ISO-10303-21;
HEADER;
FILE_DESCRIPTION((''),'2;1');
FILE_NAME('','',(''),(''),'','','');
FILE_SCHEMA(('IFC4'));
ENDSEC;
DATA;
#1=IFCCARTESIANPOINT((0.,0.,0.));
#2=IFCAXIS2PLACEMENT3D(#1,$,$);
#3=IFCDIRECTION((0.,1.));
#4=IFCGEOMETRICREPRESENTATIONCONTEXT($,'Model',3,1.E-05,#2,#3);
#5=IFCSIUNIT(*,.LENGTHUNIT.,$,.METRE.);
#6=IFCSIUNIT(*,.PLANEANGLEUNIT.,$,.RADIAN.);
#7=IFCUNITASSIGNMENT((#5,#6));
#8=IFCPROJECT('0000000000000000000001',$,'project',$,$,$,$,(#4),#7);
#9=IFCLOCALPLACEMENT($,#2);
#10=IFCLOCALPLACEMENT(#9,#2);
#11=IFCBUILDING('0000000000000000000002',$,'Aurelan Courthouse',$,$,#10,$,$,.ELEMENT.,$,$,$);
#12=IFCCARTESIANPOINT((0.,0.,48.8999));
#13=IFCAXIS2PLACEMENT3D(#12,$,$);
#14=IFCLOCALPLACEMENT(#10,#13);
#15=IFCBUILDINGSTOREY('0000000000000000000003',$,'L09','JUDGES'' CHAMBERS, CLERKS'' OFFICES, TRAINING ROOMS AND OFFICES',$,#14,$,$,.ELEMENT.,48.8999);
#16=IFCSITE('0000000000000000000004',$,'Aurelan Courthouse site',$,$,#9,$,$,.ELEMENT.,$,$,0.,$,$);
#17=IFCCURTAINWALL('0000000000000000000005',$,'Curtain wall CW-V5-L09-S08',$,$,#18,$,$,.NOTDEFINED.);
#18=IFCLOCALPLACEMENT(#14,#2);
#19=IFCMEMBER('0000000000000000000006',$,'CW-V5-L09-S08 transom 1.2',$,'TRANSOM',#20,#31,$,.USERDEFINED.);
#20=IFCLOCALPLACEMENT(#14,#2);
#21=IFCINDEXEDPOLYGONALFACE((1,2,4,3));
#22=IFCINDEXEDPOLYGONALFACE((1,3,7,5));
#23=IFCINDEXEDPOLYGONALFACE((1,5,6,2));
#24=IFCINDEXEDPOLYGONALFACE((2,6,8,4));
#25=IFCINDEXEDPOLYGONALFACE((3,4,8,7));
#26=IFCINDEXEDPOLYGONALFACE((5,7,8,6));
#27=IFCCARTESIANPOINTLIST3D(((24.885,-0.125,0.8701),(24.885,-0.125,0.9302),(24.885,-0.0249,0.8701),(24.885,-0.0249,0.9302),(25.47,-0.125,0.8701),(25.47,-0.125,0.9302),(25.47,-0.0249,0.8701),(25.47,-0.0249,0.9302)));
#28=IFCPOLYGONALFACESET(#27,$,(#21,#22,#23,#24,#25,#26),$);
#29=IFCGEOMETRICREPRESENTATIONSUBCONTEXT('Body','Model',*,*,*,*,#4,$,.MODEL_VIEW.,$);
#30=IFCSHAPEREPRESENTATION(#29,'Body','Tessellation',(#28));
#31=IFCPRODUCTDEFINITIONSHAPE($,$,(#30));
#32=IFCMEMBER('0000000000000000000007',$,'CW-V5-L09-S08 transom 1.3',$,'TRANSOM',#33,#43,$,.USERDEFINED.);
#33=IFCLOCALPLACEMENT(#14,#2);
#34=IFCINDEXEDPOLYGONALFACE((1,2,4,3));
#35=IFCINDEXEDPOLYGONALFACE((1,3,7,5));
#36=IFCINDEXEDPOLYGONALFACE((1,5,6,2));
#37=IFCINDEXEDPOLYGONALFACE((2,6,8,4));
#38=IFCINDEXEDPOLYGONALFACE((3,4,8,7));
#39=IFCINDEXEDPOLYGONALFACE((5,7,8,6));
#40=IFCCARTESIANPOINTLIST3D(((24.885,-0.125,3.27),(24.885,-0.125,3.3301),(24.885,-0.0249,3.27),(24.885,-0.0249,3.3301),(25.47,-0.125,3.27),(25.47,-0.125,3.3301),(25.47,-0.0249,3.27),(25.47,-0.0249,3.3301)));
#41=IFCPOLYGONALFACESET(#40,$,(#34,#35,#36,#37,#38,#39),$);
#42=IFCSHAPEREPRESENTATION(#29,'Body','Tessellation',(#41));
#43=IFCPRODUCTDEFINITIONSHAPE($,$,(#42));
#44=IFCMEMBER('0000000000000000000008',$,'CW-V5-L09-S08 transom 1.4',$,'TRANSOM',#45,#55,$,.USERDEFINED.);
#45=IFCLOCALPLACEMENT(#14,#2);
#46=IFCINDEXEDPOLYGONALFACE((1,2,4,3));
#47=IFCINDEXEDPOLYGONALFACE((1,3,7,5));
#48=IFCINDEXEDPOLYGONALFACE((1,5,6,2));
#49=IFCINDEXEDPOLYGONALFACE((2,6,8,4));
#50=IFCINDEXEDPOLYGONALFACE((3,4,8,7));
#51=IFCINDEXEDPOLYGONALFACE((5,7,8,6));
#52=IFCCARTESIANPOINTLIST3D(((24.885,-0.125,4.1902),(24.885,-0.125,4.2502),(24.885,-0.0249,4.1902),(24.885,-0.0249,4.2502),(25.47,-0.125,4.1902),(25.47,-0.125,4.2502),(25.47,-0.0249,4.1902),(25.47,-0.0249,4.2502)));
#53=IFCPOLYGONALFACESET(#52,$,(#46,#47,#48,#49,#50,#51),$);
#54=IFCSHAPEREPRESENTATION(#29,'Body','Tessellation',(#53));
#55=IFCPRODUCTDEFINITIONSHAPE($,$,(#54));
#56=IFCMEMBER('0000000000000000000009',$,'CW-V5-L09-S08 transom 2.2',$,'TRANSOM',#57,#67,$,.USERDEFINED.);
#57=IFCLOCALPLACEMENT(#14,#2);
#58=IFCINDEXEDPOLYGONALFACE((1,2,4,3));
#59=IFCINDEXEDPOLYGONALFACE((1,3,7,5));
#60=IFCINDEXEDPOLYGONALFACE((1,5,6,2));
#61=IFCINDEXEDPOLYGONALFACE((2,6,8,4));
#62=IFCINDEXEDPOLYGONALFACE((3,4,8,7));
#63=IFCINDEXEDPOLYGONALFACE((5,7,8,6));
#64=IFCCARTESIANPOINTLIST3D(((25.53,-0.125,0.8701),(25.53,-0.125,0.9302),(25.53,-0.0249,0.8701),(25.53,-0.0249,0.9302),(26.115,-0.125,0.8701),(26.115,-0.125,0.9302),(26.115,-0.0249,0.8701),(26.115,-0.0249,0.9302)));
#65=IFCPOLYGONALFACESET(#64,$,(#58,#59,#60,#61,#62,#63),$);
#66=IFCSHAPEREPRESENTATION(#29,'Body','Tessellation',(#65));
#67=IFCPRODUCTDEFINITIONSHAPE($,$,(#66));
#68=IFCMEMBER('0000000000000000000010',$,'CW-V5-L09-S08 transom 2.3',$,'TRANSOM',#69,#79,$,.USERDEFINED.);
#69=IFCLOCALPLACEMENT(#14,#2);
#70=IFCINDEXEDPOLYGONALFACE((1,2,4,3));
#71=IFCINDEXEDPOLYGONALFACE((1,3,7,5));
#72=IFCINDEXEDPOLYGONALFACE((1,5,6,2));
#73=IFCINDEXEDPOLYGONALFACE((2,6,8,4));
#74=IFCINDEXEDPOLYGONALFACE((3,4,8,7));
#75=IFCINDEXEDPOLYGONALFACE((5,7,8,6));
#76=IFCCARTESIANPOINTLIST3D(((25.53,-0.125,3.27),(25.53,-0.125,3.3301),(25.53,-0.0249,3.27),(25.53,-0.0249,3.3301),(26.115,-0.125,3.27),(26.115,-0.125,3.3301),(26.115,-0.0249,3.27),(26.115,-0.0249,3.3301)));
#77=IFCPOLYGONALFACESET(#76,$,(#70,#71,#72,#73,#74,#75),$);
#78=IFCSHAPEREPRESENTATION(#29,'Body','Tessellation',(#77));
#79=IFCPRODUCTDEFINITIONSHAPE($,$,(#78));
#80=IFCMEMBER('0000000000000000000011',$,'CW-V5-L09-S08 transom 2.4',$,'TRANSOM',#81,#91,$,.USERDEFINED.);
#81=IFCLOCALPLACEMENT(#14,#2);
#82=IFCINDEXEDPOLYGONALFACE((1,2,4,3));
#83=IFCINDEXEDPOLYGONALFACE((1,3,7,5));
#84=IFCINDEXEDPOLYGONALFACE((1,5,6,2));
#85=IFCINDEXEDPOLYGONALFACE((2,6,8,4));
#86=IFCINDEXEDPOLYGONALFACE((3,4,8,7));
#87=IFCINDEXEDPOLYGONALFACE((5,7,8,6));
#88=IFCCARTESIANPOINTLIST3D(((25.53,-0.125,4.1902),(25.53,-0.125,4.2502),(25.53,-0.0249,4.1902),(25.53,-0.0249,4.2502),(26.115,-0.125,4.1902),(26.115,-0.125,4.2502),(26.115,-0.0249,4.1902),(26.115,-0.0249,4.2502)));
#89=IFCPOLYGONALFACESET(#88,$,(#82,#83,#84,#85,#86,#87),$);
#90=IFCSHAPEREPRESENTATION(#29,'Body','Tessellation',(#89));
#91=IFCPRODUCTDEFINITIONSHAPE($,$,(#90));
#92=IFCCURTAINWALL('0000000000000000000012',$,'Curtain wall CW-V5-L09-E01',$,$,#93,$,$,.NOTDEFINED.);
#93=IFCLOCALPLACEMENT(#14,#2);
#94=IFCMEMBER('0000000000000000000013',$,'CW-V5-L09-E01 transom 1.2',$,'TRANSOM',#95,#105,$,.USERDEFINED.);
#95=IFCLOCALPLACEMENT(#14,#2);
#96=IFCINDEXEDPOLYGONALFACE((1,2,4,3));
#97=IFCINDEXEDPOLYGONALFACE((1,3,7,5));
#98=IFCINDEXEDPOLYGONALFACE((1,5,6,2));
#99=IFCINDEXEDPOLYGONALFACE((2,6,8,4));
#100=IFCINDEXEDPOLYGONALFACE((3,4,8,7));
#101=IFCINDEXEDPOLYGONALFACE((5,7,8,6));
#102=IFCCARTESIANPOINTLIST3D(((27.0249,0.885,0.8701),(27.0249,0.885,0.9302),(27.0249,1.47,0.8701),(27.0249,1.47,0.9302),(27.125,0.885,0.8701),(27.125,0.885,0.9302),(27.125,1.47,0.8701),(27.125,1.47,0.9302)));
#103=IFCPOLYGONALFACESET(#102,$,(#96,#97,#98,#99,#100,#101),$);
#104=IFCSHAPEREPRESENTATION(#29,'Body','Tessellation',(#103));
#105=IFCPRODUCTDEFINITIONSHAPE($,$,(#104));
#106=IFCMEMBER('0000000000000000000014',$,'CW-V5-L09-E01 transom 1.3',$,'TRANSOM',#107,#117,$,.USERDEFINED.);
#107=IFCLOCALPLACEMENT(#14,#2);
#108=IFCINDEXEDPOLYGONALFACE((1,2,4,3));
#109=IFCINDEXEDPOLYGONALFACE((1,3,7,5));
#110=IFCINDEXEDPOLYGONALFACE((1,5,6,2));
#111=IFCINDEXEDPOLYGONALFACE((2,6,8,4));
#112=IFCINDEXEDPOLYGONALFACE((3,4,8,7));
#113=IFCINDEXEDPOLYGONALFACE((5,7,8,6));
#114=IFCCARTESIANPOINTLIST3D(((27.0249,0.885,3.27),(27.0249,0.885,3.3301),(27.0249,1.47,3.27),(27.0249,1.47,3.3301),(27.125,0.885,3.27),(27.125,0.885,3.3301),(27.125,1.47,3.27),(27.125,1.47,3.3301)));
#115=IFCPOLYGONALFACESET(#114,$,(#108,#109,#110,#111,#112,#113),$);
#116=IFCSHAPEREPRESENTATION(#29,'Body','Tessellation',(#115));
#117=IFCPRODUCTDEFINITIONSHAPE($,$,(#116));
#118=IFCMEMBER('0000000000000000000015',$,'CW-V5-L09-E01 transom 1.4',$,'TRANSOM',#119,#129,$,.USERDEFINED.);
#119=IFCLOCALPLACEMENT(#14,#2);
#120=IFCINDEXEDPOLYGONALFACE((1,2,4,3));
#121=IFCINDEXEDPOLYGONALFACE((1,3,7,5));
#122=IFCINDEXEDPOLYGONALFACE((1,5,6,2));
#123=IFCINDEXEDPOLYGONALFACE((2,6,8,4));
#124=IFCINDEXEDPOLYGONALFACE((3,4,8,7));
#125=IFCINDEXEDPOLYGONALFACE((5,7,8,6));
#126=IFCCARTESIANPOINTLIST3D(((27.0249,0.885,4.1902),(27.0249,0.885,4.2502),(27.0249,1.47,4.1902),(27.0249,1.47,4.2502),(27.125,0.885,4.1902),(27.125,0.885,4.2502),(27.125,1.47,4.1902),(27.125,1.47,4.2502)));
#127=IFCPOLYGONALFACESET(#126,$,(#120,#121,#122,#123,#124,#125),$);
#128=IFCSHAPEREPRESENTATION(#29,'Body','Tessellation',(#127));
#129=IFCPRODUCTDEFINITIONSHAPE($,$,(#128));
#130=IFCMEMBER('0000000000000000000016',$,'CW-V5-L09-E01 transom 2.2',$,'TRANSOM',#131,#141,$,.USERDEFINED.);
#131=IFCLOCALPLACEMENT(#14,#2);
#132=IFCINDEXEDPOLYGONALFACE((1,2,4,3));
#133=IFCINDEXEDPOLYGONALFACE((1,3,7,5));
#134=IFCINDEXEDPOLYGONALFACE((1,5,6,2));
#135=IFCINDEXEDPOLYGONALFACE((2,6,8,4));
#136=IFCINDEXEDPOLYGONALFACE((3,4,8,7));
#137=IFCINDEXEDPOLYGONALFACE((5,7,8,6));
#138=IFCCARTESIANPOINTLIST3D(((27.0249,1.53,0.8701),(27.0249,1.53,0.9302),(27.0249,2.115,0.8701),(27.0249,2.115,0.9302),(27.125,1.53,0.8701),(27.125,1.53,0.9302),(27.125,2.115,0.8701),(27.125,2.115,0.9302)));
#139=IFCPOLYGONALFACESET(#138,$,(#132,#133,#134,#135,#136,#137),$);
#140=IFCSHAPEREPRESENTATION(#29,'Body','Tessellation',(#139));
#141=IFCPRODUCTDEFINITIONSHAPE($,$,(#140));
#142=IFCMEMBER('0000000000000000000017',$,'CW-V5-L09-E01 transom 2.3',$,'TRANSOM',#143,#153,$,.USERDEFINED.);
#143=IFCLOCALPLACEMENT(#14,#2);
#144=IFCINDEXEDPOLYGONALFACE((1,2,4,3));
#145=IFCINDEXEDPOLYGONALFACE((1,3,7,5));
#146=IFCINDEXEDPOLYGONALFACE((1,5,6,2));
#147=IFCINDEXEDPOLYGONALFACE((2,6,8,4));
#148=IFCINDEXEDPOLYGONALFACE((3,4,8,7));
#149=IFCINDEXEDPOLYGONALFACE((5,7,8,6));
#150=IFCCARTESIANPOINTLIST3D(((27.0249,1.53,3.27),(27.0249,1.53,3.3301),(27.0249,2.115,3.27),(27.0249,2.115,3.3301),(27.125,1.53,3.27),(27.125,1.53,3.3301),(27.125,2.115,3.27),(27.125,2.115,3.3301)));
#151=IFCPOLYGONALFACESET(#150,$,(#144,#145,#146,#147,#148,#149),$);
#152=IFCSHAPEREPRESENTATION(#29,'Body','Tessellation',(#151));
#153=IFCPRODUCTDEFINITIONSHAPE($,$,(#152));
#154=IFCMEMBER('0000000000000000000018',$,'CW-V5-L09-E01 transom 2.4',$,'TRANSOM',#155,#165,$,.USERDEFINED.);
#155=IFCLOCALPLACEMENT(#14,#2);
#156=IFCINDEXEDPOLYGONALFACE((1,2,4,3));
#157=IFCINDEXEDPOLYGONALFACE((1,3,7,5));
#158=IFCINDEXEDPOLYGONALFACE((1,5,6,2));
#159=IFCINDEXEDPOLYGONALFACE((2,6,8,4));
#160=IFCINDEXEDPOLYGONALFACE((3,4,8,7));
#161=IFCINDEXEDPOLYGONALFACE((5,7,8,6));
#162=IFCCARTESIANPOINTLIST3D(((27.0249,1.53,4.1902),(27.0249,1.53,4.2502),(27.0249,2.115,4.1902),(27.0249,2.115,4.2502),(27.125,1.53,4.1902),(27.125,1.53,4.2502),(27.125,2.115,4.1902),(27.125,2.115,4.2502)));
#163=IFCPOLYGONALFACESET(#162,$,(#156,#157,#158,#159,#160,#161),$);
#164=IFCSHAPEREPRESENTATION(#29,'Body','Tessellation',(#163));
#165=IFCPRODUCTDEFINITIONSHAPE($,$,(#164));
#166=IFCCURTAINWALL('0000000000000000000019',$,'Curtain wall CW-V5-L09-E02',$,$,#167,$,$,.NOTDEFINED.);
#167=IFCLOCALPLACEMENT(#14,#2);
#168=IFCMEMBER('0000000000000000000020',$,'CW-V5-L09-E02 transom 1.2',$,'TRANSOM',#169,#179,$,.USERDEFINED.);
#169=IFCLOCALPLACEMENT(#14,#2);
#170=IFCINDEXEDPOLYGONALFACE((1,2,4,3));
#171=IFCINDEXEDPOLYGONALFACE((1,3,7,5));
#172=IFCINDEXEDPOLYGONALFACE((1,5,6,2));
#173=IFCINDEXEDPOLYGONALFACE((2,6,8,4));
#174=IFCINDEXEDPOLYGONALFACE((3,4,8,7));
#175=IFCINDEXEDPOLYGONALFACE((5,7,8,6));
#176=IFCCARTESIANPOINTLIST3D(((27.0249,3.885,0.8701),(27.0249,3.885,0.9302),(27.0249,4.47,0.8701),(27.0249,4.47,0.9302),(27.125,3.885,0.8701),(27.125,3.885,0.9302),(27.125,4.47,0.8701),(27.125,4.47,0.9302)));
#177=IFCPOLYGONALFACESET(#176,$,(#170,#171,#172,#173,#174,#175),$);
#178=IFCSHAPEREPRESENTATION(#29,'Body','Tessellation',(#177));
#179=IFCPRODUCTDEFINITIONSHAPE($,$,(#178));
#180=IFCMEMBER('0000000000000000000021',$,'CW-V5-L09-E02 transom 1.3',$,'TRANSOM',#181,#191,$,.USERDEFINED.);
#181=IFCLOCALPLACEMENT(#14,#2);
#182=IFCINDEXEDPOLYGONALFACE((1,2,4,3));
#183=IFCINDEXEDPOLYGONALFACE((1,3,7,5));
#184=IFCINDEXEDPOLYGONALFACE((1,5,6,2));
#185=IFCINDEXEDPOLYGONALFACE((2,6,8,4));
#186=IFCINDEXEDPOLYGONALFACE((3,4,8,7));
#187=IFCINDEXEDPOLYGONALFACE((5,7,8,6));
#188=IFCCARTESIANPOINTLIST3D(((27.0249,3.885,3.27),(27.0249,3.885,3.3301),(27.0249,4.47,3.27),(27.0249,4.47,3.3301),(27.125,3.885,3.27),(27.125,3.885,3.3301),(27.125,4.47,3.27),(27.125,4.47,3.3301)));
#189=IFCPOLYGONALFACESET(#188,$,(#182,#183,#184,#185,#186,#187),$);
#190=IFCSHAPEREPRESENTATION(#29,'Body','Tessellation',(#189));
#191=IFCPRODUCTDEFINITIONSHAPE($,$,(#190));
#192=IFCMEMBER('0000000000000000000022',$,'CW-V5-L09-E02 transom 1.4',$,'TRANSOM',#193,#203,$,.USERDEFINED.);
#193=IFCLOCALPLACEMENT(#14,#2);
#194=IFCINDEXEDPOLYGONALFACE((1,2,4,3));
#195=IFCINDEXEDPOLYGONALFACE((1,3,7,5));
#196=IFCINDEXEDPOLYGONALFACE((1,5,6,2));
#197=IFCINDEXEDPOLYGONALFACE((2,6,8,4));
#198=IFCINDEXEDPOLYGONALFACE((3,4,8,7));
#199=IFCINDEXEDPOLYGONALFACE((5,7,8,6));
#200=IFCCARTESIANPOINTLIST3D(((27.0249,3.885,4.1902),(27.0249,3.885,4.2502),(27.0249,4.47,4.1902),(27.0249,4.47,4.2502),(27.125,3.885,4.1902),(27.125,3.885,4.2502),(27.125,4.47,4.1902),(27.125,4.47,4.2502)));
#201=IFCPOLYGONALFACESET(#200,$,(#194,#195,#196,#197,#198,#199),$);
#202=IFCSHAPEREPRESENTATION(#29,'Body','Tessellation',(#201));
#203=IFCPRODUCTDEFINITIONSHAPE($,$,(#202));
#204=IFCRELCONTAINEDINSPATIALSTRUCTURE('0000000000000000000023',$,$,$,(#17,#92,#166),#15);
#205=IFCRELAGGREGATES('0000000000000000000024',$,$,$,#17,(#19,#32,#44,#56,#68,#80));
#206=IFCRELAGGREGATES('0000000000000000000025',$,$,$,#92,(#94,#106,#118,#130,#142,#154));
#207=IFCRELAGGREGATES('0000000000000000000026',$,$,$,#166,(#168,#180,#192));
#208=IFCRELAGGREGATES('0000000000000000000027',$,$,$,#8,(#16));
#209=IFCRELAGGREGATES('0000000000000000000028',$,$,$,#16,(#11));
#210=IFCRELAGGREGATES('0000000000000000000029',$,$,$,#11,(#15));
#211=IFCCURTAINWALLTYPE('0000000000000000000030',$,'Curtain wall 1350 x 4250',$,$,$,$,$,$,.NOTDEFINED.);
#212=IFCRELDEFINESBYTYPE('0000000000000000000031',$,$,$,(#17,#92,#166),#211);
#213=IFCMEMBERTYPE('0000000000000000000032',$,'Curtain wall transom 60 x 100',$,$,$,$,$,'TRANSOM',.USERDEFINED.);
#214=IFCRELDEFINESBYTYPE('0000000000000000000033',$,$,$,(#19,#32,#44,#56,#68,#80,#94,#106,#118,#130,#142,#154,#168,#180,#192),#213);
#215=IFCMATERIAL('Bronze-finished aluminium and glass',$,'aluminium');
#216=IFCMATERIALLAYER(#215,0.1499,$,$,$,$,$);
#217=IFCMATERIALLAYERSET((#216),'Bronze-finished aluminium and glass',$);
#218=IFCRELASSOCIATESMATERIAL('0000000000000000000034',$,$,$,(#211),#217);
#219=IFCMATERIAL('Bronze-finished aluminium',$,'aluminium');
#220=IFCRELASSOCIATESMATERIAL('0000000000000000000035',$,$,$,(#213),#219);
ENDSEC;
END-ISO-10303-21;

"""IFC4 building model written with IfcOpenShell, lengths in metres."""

from ifc_helpers import new_model, si_unit, direction, frame, origin, origin_2d, place, context, subcontext, project, spatial, rectangle, extrude, material, layer, layer_set, material_profile, profile_set, type_object, element, aggregate, save


model = new_model("IFC4")

# Units and contexts
model_context = context("Model", 3, precision=1e-05, world=origin(), true_north=direction((0.0, 1.0)))
body_context = subcontext(model_context, "Body", "Model", "MODEL_VIEW")
ifc_project = project(units=[si_unit("LENGTHUNIT", "METRE"), si_unit("PLANEANGLEUNIT", "RADIAN")], contexts=[model_context])

# Site, building, storey
site_placement = place(None, origin())
site = spatial("IfcSite", under=ifc_project, at=site_placement, Name="Aurelan Courthouse site", CompositionType="ELEMENT", RefElevation=0.0)
building_placement = place(site_placement, origin())
building = spatial("IfcBuilding", under=site, at=building_placement, Name="Aurelan Courthouse", CompositionType="ELEMENT")
storey_placement = place(building_placement, frame((0.0, 0.0, 48.8999)))
storey = spatial("IfcBuildingStorey", under=building, at=storey_placement, Name="L09", Description="JUDGES' CHAMBERS, CLERKS' OFFICES, TRAINING ROOMS AND OFFICES", CompositionType="ELEMENT", Elevation=48.8999)

# Curtain walls, members
ifc_material_1 = material(Name="Bronze-finished aluminium and glass", Category="aluminium")
ifc_layer_1 = layer(ifc_material_1, 0.1499)
ifc_layer_set_1 = layer_set([ifc_layer_1], Name="Bronze-finished aluminium and glass")
curtain_wall_type = type_object("IfcCurtainWallType", Name="Curtain wall 1350 x 4250", PredefinedType="NOTDEFINED", material=ifc_layer_set_1)
curtain_wall_1_placement = place(storey_placement, origin())
curtain_wall_1 = element("IfcCurtainWall", 1, at=curtain_wall_1_placement, inside=storey, type_object=curtain_wall_type, Name="Curtain wall CW-V5-L09-S08", PredefinedType="NOTDEFINED")
ifc_material_2 = material(Name="Bronze-finished aluminium", Category="aluminium")
ifc_material_profile = material_profile(ifc_material_2, rectangle(XDim=0.1001, YDim=0.0601, at=origin_2d()), Name="Bronze transom 60 x 100")
ifc_profile_set = profile_set([ifc_material_profile], Name="Bronze-finished aluminium")
member_type = type_object("IfcMemberType", Name="Curtain wall transom 60 x 100", ElementType="TRANSOM", PredefinedType="USERDEFINED", material=ifc_profile_set)
member_1_placement = place(storey_placement, frame((24.885, -0.075, 0.9001), z_axis=(1.0, 0.0, 0.0), x_axis=(0.0, 1.0, 0.0)))
member_1 = element("IfcMember", 2, at=member_1_placement, type_object=member_type, Name="CW-V5-L09-S08 transom 1.2", ObjectType="TRANSOM", PredefinedType="USERDEFINED", context=body_context, shape_type="SweptSolid", body=[
    extrude(rectangle(XDim=0.1001, YDim=0.0601, at=origin_2d()), origin(), (0.0, 0.0, 1.0), 0.585),
])
member_2_placement = place(storey_placement, frame((24.885, -0.075, 3.3), z_axis=(1.0, 0.0, 0.0), x_axis=(0.0, 1.0, 0.0)))
member_2 = element("IfcMember", 3, at=member_2_placement, type_object=member_type, Name="CW-V5-L09-S08 transom 1.3", ObjectType="TRANSOM", PredefinedType="USERDEFINED", context=body_context, shape_type="SweptSolid", body=[
    extrude(rectangle(XDim=0.1001, YDim=0.0601, at=origin_2d()), origin(), (0.0, 0.0, 1.0), 0.585),
])
member_3_placement = place(storey_placement, frame((24.885, -0.075, 4.2202), z_axis=(1.0, 0.0, 0.0), x_axis=(0.0, 1.0, 0.0)))
member_3 = element("IfcMember", 4, at=member_3_placement, type_object=member_type, Name="CW-V5-L09-S08 transom 1.4", ObjectType="TRANSOM", PredefinedType="USERDEFINED", context=body_context, shape_type="SweptSolid", body=[
    extrude(rectangle(XDim=0.1001, YDim=0.0601, at=origin_2d()), origin(), (0.0, 0.0, 1.0), 0.585),
])
member_4_placement = place(storey_placement, frame((25.53, -0.075, 0.9001), z_axis=(1.0, 0.0, 0.0), x_axis=(0.0, 1.0, 0.0)))
member_4 = element("IfcMember", 5, at=member_4_placement, type_object=member_type, Name="CW-V5-L09-S08 transom 2.2", ObjectType="TRANSOM", PredefinedType="USERDEFINED", context=body_context, shape_type="SweptSolid", body=[
    extrude(rectangle(XDim=0.1001, YDim=0.0601, at=origin_2d()), origin(), (0.0, 0.0, 1.0), 0.585),
])
member_5_placement = place(storey_placement, frame((25.53, -0.075, 3.3), z_axis=(1.0, 0.0, 0.0), x_axis=(0.0, 1.0, 0.0)))
member_5 = element("IfcMember", 6, at=member_5_placement, type_object=member_type, Name="CW-V5-L09-S08 transom 2.3", ObjectType="TRANSOM", PredefinedType="USERDEFINED", context=body_context, shape_type="SweptSolid", body=[
    extrude(rectangle(XDim=0.1001, YDim=0.0601, at=origin_2d()), origin(), (0.0, 0.0, 1.0), 0.585),
])
member_6_placement = place(storey_placement, frame((25.53, -0.075, 4.2202), z_axis=(1.0, 0.0, 0.0), x_axis=(0.0, 1.0, 0.0)))
member_6 = element("IfcMember", 7, at=member_6_placement, type_object=member_type, Name="CW-V5-L09-S08 transom 2.4", ObjectType="TRANSOM", PredefinedType="USERDEFINED", context=body_context, shape_type="SweptSolid", body=[
    extrude(rectangle(XDim=0.1001, YDim=0.0601, at=origin_2d()), origin(), (0.0, 0.0, 1.0), 0.585),
])
curtain_wall_2_placement = place(storey_placement, origin())
curtain_wall_2 = element("IfcCurtainWall", 8, at=curtain_wall_2_placement, inside=storey, type_object=curtain_wall_type, Name="Curtain wall CW-V5-L09-E01", PredefinedType="NOTDEFINED")
member_7_placement = place(storey_placement, frame((27.075, 0.885, 0.9001), z_axis=(0.0, 1.0, 0.0), x_axis=(-1.0, 0.0, 0.0)))
member_7 = element("IfcMember", 9, at=member_7_placement, type_object=member_type, Name="CW-V5-L09-E01 transom 1.2", ObjectType="TRANSOM", PredefinedType="USERDEFINED", context=body_context, shape_type="SweptSolid", body=[
    extrude(rectangle(XDim=0.1001, YDim=0.0601, at=origin_2d()), origin(), (0.0, 0.0, 1.0), 0.585),
])
member_8_placement = place(storey_placement, frame((27.075, 0.885, 3.3), z_axis=(0.0, 1.0, 0.0), x_axis=(-1.0, 0.0, 0.0)))
member_8 = element("IfcMember", 10, at=member_8_placement, type_object=member_type, Name="CW-V5-L09-E01 transom 1.3", ObjectType="TRANSOM", PredefinedType="USERDEFINED", context=body_context, shape_type="SweptSolid", body=[
    extrude(rectangle(XDim=0.1001, YDim=0.0601, at=origin_2d()), origin(), (0.0, 0.0, 1.0), 0.585),
])
member_9_placement = place(storey_placement, frame((27.075, 0.885, 4.2202), z_axis=(0.0, 1.0, 0.0), x_axis=(-1.0, 0.0, 0.0)))
member_9 = element("IfcMember", 11, at=member_9_placement, type_object=member_type, Name="CW-V5-L09-E01 transom 1.4", ObjectType="TRANSOM", PredefinedType="USERDEFINED", context=body_context, shape_type="SweptSolid", body=[
    extrude(rectangle(XDim=0.1001, YDim=0.0601, at=origin_2d()), origin(), (0.0, 0.0, 1.0), 0.585),
])
member_10_placement = place(storey_placement, frame((27.075, 1.53, 0.9001), z_axis=(0.0, 1.0, 0.0), x_axis=(-1.0, 0.0, 0.0)))
member_10 = element("IfcMember", 12, at=member_10_placement, type_object=member_type, Name="CW-V5-L09-E01 transom 2.2", ObjectType="TRANSOM", PredefinedType="USERDEFINED", context=body_context, shape_type="SweptSolid", body=[
    extrude(rectangle(XDim=0.1001, YDim=0.0601, at=origin_2d()), origin(), (0.0, 0.0, 1.0), 0.585),
])
member_11_placement = place(storey_placement, frame((27.075, 1.53, 3.3), z_axis=(0.0, 1.0, 0.0), x_axis=(-1.0, 0.0, 0.0)))
member_11 = element("IfcMember", 13, at=member_11_placement, type_object=member_type, Name="CW-V5-L09-E01 transom 2.3", ObjectType="TRANSOM", PredefinedType="USERDEFINED", context=body_context, shape_type="SweptSolid", body=[
    extrude(rectangle(XDim=0.1001, YDim=0.0601, at=origin_2d()), origin(), (0.0, 0.0, 1.0), 0.585),
])
member_12_placement = place(storey_placement, frame((27.075, 1.53, 4.2202), z_axis=(0.0, 1.0, 0.0), x_axis=(-1.0, 0.0, 0.0)))
member_12 = element("IfcMember", 14, at=member_12_placement, type_object=member_type, Name="CW-V5-L09-E01 transom 2.4", ObjectType="TRANSOM", PredefinedType="USERDEFINED", context=body_context, shape_type="SweptSolid", body=[
    extrude(rectangle(XDim=0.1001, YDim=0.0601, at=origin_2d()), origin(), (0.0, 0.0, 1.0), 0.585),
])
curtain_wall_3_placement = place(storey_placement, origin())
curtain_wall_3 = element("IfcCurtainWall", 15, at=curtain_wall_3_placement, inside=storey, type_object=curtain_wall_type, Name="Curtain wall CW-V5-L09-E02", PredefinedType="NOTDEFINED")
member_13_placement = place(storey_placement, frame((27.075, 3.885, 0.9001), z_axis=(0.0, 1.0, 0.0), x_axis=(-1.0, 0.0, 0.0)))
member_13 = element("IfcMember", 16, at=member_13_placement, type_object=member_type, Name="CW-V5-L09-E02 transom 1.2", ObjectType="TRANSOM", PredefinedType="USERDEFINED", context=body_context, shape_type="SweptSolid", body=[
    extrude(rectangle(XDim=0.1001, YDim=0.0601, at=origin_2d()), origin(), (0.0, 0.0, 1.0), 0.585),
])
member_14_placement = place(storey_placement, frame((27.075, 3.885, 3.3), z_axis=(0.0, 1.0, 0.0), x_axis=(-1.0, 0.0, 0.0)))
member_14 = element("IfcMember", 17, at=member_14_placement, type_object=member_type, Name="CW-V5-L09-E02 transom 1.3", ObjectType="TRANSOM", PredefinedType="USERDEFINED", context=body_context, shape_type="SweptSolid", body=[
    extrude(rectangle(XDim=0.1001, YDim=0.0601, at=origin_2d()), origin(), (0.0, 0.0, 1.0), 0.585),
])
member_15_placement = place(storey_placement, frame((27.075, 3.885, 4.2202), z_axis=(0.0, 1.0, 0.0), x_axis=(-1.0, 0.0, 0.0)))
member_15 = element("IfcMember", 18, at=member_15_placement, type_object=member_type, Name="CW-V5-L09-E02 transom 1.4", ObjectType="TRANSOM", PredefinedType="USERDEFINED", context=body_context, shape_type="SweptSolid", body=[
    extrude(rectangle(XDim=0.1001, YDim=0.0601, at=origin_2d()), origin(), (0.0, 0.0, 1.0), 0.585),
])

aggregate(curtain_wall_1, [member_1, member_2, member_3, member_4, member_5, member_6])
aggregate(curtain_wall_2, [member_7, member_8, member_9, member_10, member_11, member_12])
aggregate(curtain_wall_3, [member_13, member_14, member_15])

save(model, "model.ifc")
